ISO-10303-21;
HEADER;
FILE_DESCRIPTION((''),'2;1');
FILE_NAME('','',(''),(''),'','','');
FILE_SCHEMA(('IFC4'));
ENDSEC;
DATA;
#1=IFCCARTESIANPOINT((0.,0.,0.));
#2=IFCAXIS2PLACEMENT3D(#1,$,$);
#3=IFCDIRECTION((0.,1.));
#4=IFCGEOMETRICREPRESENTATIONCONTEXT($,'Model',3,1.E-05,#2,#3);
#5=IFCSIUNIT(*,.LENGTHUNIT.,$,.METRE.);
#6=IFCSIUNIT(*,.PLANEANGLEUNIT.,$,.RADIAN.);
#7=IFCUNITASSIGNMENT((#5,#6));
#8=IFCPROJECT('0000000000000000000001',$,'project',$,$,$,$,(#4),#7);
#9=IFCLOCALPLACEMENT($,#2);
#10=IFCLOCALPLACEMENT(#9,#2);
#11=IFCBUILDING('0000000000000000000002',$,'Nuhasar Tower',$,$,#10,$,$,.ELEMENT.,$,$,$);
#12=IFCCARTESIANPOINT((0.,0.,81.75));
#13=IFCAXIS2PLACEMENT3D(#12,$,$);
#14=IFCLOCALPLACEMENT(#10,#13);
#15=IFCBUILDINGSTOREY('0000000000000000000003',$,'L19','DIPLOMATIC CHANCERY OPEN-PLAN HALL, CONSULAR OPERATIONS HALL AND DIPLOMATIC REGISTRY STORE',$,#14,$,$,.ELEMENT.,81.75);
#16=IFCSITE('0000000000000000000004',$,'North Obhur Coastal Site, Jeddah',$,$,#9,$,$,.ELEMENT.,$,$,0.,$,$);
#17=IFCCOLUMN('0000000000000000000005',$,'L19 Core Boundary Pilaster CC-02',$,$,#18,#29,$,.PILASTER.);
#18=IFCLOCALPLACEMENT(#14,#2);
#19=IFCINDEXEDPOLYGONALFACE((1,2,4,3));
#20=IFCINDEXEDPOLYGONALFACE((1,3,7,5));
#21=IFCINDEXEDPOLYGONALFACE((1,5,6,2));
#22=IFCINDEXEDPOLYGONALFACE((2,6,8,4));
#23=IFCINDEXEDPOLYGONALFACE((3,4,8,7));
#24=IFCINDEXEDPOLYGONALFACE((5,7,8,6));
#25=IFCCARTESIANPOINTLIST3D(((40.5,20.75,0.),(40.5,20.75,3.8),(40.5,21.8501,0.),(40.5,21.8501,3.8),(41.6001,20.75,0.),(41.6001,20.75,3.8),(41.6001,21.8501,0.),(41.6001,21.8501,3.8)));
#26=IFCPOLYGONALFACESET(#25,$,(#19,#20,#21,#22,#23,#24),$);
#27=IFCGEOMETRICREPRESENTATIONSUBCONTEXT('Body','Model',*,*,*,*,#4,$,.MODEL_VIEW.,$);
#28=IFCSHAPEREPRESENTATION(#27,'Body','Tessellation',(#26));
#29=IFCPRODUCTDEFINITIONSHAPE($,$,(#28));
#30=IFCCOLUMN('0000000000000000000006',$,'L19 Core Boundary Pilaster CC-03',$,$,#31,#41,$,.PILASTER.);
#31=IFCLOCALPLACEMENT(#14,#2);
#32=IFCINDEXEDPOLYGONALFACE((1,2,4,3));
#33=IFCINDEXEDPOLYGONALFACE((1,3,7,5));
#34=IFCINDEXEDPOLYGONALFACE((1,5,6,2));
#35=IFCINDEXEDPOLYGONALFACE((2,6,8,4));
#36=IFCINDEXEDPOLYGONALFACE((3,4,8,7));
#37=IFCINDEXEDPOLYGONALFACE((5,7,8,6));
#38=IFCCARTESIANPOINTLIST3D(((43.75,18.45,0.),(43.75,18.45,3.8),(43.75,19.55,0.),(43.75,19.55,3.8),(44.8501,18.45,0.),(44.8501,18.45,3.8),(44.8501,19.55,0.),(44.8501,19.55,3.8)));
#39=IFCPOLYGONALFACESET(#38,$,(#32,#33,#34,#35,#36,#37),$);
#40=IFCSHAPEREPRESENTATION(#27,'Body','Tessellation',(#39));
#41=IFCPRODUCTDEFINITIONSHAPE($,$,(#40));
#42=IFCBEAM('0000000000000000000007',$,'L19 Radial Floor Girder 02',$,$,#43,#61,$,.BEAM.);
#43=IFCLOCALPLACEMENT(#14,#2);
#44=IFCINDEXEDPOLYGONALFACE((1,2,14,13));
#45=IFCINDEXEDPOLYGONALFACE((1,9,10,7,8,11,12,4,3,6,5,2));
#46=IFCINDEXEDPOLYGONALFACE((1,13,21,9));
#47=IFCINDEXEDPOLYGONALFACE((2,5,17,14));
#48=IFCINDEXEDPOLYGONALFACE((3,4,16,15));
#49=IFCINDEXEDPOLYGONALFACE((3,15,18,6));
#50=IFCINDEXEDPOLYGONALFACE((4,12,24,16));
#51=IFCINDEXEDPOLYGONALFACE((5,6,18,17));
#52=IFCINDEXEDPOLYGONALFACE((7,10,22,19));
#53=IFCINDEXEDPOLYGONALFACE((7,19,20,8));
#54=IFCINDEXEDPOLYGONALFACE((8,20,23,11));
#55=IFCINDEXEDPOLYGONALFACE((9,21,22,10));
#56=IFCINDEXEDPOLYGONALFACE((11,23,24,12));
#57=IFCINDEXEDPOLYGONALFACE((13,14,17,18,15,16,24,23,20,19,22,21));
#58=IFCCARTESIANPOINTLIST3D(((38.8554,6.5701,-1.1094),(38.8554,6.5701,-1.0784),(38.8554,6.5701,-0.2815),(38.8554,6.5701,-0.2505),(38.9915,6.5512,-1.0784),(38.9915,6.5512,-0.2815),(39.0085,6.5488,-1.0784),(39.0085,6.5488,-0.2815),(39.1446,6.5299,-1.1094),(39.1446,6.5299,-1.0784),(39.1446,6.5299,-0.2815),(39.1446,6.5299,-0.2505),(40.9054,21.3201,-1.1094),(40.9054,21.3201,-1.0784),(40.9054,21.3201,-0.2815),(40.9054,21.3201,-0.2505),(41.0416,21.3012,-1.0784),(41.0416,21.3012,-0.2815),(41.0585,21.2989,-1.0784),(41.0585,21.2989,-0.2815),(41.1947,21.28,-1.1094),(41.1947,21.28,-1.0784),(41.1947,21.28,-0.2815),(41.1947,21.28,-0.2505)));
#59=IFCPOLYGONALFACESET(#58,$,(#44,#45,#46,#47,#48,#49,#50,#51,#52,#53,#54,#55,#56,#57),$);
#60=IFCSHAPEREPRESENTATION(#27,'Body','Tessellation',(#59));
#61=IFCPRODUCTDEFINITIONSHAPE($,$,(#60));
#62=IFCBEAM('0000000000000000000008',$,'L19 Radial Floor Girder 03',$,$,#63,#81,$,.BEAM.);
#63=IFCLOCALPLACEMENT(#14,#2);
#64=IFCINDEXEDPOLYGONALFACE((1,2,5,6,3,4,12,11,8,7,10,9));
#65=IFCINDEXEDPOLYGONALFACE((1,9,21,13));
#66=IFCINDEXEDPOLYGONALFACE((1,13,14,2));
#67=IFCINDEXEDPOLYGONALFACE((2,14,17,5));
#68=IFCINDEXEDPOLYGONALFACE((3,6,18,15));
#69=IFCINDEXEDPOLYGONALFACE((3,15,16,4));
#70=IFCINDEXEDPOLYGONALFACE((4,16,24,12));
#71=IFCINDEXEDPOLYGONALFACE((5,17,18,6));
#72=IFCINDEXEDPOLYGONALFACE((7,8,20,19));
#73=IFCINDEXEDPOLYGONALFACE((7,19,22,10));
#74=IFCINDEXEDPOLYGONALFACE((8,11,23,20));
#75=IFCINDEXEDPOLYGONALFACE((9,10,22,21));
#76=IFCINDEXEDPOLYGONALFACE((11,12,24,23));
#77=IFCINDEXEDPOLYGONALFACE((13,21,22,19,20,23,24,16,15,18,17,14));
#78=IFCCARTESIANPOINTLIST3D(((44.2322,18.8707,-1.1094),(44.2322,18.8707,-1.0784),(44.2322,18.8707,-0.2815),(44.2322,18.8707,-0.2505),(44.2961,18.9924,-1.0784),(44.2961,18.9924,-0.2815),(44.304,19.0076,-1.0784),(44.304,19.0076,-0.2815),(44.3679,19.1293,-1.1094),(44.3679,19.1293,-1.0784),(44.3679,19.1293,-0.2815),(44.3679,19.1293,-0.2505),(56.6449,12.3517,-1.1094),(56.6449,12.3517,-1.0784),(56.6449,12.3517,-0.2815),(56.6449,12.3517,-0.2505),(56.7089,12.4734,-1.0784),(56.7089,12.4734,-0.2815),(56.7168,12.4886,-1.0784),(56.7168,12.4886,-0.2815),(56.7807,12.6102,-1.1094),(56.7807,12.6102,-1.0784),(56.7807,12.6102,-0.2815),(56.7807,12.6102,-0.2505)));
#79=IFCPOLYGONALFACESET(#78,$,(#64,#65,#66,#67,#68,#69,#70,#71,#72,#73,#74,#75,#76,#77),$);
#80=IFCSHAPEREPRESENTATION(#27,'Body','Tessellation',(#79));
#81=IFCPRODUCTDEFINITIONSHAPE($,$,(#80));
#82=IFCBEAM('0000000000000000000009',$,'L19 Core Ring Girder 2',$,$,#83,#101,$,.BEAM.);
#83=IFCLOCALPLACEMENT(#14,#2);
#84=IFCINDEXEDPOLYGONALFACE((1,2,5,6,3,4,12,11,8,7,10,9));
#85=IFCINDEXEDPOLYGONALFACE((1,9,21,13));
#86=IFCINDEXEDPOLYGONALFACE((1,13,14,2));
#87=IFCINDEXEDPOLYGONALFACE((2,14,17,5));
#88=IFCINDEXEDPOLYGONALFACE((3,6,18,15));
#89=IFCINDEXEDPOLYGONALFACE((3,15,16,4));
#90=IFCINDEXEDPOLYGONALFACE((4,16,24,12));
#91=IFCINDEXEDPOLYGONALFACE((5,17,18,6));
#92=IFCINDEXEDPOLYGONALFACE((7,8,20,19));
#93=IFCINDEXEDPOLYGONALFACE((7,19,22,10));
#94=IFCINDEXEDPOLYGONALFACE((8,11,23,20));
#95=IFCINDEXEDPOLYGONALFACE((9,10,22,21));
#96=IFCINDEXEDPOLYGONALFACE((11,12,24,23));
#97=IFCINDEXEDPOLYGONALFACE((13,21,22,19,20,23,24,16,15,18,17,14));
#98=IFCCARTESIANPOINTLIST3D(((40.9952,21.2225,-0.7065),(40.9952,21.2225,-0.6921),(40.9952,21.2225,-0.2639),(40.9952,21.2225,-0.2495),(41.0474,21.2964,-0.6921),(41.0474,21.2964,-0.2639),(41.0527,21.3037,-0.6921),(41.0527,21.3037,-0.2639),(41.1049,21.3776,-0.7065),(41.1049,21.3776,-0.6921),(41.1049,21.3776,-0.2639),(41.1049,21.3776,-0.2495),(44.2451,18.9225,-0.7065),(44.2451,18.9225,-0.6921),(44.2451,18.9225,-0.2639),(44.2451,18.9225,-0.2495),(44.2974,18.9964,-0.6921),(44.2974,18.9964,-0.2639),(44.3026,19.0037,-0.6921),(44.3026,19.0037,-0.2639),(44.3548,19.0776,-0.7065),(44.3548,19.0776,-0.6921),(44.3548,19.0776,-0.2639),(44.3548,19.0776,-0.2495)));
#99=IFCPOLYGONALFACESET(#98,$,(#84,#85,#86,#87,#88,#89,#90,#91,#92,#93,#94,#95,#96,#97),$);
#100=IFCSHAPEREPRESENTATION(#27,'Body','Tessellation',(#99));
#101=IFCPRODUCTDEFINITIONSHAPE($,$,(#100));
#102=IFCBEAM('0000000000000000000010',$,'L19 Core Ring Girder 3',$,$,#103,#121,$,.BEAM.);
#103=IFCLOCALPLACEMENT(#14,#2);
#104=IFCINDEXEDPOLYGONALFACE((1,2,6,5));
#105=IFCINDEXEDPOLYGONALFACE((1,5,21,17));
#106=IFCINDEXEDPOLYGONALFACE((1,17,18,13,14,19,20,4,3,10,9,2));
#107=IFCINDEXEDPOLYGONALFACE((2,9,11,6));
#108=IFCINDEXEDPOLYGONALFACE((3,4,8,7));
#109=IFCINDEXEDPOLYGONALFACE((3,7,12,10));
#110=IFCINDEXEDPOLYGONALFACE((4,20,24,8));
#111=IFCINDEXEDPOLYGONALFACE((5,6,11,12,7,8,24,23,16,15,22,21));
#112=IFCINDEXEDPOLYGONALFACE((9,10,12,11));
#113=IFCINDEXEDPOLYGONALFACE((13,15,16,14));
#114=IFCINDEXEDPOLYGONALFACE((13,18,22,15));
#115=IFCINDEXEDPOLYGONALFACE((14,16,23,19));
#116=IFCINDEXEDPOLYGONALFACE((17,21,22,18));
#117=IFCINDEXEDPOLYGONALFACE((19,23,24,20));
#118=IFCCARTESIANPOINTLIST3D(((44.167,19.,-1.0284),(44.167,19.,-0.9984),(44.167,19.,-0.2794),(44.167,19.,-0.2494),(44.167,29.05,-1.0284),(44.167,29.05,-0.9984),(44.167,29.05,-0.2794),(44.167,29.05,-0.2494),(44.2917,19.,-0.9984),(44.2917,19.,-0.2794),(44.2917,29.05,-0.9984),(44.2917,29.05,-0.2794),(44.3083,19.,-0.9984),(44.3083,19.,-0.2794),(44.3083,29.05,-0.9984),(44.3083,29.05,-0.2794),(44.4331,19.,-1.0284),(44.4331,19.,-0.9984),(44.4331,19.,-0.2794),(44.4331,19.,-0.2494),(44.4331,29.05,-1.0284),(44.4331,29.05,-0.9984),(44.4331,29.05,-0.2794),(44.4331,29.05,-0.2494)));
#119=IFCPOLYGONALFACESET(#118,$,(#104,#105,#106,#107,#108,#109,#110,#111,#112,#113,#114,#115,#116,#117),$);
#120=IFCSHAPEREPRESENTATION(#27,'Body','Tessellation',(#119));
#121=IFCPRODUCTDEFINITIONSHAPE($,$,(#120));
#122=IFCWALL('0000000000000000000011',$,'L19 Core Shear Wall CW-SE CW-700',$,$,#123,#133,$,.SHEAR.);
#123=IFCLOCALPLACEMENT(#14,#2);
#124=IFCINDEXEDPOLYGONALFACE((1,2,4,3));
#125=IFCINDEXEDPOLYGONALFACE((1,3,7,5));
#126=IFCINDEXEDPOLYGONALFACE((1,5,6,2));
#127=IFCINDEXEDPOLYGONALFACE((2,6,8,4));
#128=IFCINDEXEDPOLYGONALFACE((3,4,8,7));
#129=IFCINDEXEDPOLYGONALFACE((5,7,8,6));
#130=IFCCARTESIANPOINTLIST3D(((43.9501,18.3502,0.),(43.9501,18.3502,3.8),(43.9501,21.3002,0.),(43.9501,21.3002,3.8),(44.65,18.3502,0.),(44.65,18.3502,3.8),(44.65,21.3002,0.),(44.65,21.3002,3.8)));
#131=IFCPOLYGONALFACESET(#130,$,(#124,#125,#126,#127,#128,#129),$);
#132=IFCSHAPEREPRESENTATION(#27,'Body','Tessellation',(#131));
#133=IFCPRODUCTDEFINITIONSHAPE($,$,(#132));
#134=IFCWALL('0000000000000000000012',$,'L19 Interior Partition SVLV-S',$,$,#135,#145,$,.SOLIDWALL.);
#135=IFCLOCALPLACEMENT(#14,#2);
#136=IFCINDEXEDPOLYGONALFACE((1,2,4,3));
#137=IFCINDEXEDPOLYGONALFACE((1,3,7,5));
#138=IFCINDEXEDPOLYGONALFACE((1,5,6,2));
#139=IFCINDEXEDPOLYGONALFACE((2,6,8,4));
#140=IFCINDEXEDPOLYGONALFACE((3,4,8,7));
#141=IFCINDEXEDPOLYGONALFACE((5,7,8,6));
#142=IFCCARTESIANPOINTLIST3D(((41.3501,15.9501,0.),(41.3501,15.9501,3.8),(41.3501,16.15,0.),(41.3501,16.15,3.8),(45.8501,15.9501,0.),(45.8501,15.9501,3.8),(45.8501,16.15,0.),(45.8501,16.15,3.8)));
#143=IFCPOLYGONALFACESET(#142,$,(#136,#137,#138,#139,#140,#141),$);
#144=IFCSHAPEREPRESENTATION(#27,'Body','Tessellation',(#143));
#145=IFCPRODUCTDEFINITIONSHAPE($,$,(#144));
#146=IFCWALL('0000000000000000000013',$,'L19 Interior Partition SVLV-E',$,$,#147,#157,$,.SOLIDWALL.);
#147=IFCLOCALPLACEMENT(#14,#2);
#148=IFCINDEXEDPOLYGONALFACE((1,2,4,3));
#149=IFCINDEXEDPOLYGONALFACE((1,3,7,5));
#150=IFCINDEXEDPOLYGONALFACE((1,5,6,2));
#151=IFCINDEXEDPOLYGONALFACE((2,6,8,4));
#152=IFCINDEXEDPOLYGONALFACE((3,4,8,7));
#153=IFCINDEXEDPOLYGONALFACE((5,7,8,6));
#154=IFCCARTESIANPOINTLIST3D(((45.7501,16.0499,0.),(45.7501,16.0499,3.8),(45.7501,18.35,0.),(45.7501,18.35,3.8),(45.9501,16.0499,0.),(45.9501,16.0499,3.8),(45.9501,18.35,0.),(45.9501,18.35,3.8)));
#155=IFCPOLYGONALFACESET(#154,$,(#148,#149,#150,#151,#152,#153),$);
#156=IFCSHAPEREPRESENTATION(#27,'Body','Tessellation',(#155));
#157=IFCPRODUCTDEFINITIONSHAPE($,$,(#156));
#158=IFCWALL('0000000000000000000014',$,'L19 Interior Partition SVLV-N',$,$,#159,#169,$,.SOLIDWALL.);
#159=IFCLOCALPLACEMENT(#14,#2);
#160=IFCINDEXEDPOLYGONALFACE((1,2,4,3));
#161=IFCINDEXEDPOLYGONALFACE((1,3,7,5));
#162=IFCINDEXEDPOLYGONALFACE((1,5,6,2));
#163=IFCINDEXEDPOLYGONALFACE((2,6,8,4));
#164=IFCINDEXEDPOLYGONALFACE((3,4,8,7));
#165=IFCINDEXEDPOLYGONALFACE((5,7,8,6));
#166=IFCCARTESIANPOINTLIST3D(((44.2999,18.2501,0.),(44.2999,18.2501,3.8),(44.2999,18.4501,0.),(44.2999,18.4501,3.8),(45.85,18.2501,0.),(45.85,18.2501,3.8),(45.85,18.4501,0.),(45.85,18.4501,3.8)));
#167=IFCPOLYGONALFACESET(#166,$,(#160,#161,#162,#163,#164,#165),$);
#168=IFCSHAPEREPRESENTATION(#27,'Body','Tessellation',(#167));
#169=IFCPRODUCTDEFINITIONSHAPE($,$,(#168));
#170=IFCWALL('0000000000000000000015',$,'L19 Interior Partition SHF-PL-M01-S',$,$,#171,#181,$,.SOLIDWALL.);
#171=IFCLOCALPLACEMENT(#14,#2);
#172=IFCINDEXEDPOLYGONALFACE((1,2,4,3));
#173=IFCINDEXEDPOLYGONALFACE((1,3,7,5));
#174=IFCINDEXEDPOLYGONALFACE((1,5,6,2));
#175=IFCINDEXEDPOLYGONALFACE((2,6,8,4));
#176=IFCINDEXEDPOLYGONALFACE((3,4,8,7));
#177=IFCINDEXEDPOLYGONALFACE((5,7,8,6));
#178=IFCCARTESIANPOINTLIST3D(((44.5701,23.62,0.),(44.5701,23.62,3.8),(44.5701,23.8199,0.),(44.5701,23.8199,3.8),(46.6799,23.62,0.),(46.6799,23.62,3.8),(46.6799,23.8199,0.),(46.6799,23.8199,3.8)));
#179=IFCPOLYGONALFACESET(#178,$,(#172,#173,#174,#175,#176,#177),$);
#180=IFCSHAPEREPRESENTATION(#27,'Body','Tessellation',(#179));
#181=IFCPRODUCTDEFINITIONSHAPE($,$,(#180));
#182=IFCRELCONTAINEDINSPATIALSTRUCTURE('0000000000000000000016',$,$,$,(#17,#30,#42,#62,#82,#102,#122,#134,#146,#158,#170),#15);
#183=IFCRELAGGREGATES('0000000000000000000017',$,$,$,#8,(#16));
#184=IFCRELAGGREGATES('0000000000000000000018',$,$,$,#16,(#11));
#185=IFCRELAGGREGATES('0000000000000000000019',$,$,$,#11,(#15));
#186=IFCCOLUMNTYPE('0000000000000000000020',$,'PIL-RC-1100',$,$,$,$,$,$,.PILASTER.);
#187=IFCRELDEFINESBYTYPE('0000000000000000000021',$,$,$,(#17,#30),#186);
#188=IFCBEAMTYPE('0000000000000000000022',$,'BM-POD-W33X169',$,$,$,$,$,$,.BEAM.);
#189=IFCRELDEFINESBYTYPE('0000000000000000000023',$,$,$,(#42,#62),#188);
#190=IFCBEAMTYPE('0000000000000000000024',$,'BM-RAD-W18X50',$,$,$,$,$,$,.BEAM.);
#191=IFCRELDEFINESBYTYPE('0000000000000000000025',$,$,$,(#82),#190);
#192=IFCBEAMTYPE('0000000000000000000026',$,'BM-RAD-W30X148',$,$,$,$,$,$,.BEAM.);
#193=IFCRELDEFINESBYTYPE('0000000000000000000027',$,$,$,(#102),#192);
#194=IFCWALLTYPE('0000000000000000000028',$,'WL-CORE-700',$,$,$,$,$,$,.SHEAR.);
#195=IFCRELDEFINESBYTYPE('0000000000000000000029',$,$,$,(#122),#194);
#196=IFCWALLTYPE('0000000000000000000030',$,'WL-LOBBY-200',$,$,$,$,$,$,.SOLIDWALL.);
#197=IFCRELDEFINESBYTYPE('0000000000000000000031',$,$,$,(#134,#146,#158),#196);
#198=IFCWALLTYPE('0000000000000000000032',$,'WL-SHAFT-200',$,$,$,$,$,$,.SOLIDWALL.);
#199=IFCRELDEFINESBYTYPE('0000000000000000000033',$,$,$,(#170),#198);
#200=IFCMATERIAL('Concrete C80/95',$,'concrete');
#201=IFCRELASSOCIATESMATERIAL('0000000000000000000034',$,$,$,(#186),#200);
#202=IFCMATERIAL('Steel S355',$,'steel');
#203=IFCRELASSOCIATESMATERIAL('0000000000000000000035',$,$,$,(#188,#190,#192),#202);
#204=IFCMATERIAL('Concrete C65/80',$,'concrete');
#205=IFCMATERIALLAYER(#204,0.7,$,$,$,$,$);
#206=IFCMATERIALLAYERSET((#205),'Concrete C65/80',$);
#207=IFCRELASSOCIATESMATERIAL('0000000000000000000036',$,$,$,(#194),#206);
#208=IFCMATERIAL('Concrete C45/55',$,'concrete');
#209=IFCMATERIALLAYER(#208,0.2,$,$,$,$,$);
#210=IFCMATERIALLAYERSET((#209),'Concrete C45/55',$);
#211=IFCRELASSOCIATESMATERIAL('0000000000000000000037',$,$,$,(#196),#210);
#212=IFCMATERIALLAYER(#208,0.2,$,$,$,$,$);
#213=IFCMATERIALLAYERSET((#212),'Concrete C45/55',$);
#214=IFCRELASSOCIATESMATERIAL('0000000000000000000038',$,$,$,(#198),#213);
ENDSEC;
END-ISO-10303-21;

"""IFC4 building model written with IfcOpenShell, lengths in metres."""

from ifc_helpers import new_model, si_unit, direction, frame, frame_2d, origin, origin_2d, place, context, subcontext, project, spatial, rectangle, i_section, extrude, material, layer, layer_set, material_profile, profile_set, type_object, element, save


model = new_model("IFC4")

# Units and contexts
model_context = context("Model", 3, precision=1e-05, world=origin(), true_north=direction((0.0, 1.0)))
body_context = subcontext(model_context, "Body", "Model", "MODEL_VIEW")
ifc_project = project(units=[si_unit("LENGTHUNIT", "METRE"), si_unit("PLANEANGLEUNIT", "RADIAN")], contexts=[model_context])

# Site, building, storey
site_placement = place(None, origin())
site = spatial("IfcSite", under=ifc_project, at=site_placement, Name="North Obhur Coastal Site, Jeddah", CompositionType="ELEMENT", RefElevation=0.0)
building_placement = place(site_placement, origin())
building = spatial("IfcBuilding", under=site, at=building_placement, Name="Nuhasar Tower", CompositionType="ELEMENT")
storey_placement = place(building_placement, frame((0.0, 0.0, 81.75)))
storey = spatial("IfcBuildingStorey", under=building, at=storey_placement, Name="L19", Description="DIPLOMATIC CHANCERY OPEN-PLAN HALL, CONSULAR OPERATIONS HALL AND DIPLOMATIC REGISTRY STORE", CompositionType="ELEMENT", Elevation=81.75)

# Columns
ifc_material_1 = material(Name="Concrete C80/95", Category="concrete")
ifc_material_profile_1 = material_profile(ifc_material_1, rectangle(XDim=1.1001, YDim=1.1001, at=origin_2d()), Name="RC1100X1100")
ifc_profile_set_1 = profile_set([ifc_material_profile_1], Name="Concrete C80/95")
column_type = type_object("IfcColumnType", Name="PIL-RC-1100", PredefinedType="PILASTER", material=ifc_profile_set_1)
for number, where, z_axis, x_axis, name in (
    (1, (41.05, 21.3, 0.0), (0.0, 0.0, 1.0), (1.0, 0.0, 0.0), "L19 Core Boundary Pilaster CC-02"),
    (2, (44.3, 19.0, 0.0), (0.0, 0.0, 1.0), (1.0, 0.0, 0.0), "L19 Core Boundary Pilaster CC-03"),
):
    element("IfcColumn", number, at=place(storey_placement, frame(where, z_axis=z_axis, x_axis=x_axis)), inside=storey, type_object=column_type, Name=name, PredefinedType="PILASTER", context=body_context, shape_type="SweptSolid", body=[
        extrude(rectangle(XDim=1.1001, YDim=1.1001, at=origin_2d()), origin(), (0.0, 0.0, 1.0), 3.8),
    ])

# Beams
ifc_material_2 = material(Name="Steel S355", Category="steel")
ifc_material_profile_2 = material_profile(ifc_material_2, i_section(OverallWidth=0.292, OverallDepth=0.8589, WebThickness=0.0171, FlangeThickness=0.031, at=origin_2d()), Name="W33X169")
ifc_profile_set_2 = profile_set([ifc_material_profile_2], Name="Steel S355")
beam_type_1 = type_object("IfcBeamType", Name="BM-POD-W33X169", PredefinedType="BEAM", material=ifc_profile_set_2)
beam_1_placement = place(storey_placement, frame((41.05, 21.3, -0.6799), z_axis=(-0.137663, -0.990479, 0.0), x_axis=(0.990479, -0.137663, 0.0)))
element("IfcBeam", 3, at=beam_1_placement, inside=storey, type_object=beam_type_1, Name="L19 Radial Floor Girder 02", PredefinedType="BEAM", context=body_context, shape_type="SweptSolid", body=[
    extrude(i_section(OverallWidth=0.292, OverallDepth=0.8589, WebThickness=0.0171, FlangeThickness=0.031, at=origin_2d()), origin(), (0.0, 0.0, 1.0), 14.8918),
])
beam_2_placement = place(storey_placement, frame((44.3, 19.0, -0.6799), z_axis=(0.88533, -0.464963, 0.0), x_axis=(0.464963, 0.88533, 0.0)))
element("IfcBeam", 4, at=beam_2_placement, inside=storey, type_object=beam_type_1, Name="L19 Radial Floor Girder 03", PredefinedType="BEAM", context=body_context, shape_type="SweptSolid", body=[
    extrude(i_section(OverallWidth=0.292, OverallDepth=0.8589, WebThickness=0.0171, FlangeThickness=0.031, at=origin_2d()), origin(), (0.0, 0.0, 1.0), 14.0205),
])
ifc_material_profile_3 = material_profile(ifc_material_2, i_section(OverallWidth=0.1899, OverallDepth=0.457, WebThickness=0.009, FlangeThickness=0.0144, at=origin_2d()), Name="W18X50")
ifc_profile_set_3 = profile_set([ifc_material_profile_3], Name="Steel S355")
beam_type_2 = type_object("IfcBeamType", Name="BM-RAD-W18X50", PredefinedType="BEAM", material=ifc_profile_set_3)
beam_3_placement = place(storey_placement, frame((41.05, 21.3, -0.478), z_axis=(0.816265, -0.577677, 0.0), x_axis=(0.577677, 0.816265, 0.0)))
element("IfcBeam", 5, at=beam_3_placement, inside=storey, type_object=beam_type_2, Name="L19 Core Ring Girder 2", PredefinedType="BEAM", context=body_context, shape_type="SweptSolid", body=[
    extrude(i_section(OverallWidth=0.1899, OverallDepth=0.457, WebThickness=0.009, FlangeThickness=0.0144, at=origin_2d()), origin(), (0.0, 0.0, 1.0), 3.9814),
])
ifc_material_profile_4 = material_profile(ifc_material_2, i_section(OverallWidth=0.2661, OverallDepth=0.7791, WebThickness=0.0166, FlangeThickness=0.03, at=origin_2d()), Name="W30X148")
ifc_profile_set_4 = profile_set([ifc_material_profile_4], Name="Steel S355")
beam_type_3 = type_object("IfcBeamType", Name="BM-RAD-W30X148", PredefinedType="BEAM", material=ifc_profile_set_4)
beam_4_placement = place(storey_placement, frame((44.3, 19.0, -0.6389), z_axis=(0.0, 1.0, 0.0), x_axis=(-1.0, 0.0, 0.0)))
element("IfcBeam", 6, at=beam_4_placement, inside=storey, type_object=beam_type_3, Name="L19 Core Ring Girder 3", PredefinedType="BEAM", context=body_context, shape_type="SweptSolid", body=[
    extrude(i_section(OverallWidth=0.2661, OverallDepth=0.7791, WebThickness=0.0166, FlangeThickness=0.03, at=origin_2d()), origin(), (0.0, 0.0, 1.0), 10.05),
])

# Wall
ifc_material_3 = material(Name="Concrete C65/80", Category="concrete")
ifc_layer_1 = layer(ifc_material_3, 0.7)
ifc_layer_set_1 = layer_set([ifc_layer_1], Name="Concrete C65/80")
wall_type_1 = type_object("IfcWallType", Name="WL-CORE-700", PredefinedType="SHEAR", material=ifc_layer_set_1)
wall_1_placement = place(storey_placement, frame((44.3, 18.3501, 0.0), z_axis=(0.0, 0.0, 1.0), x_axis=(0.0, 1.0, 0.0)))
element("IfcWall", 7, at=wall_1_placement, inside=storey, type_object=wall_type_1, Name="L19 Core Shear Wall CW-SE CW-700", PredefinedType="SHEAR", context=body_context, shape_type="SweptSolid", body=[
    extrude(rectangle(XDim=2.95, YDim=0.7, at=frame_2d((1.4751, 0.0))), origin(), (0.0, 0.0, 1.0), 3.8),
])

# Shared definitions
ifc_material_4 = material(Name="Concrete C45/55", Category="concrete")
ifc_layer_2 = layer(ifc_material_4, 0.2)
ifc_layer_set_2 = layer_set([ifc_layer_2], Name="Concrete C45/55")
wall_type_2 = type_object("IfcWallType", Name="WL-LOBBY-200", PredefinedType="SOLIDWALL", material=ifc_layer_set_2)

# Walls
wall_2_placement = place(storey_placement, frame((41.3501, 16.05, 0.0), z_axis=(0.0, 0.0, 1.0), x_axis=(1.0, 0.0, 0.0)))
element("IfcWall", 8, at=wall_2_placement, inside=storey, type_object=wall_type_2, Name="L19 Interior Partition SVLV-S", PredefinedType="SOLIDWALL", context=body_context, shape_type="SweptSolid", body=[
    extrude(rectangle(XDim=4.5, YDim=0.2, at=frame_2d((2.25, 0.0))), origin(), (0.0, 0.0, 1.0), 3.8),
])
wall_3_placement = place(storey_placement, frame((45.8501, 16.05, 0.0), z_axis=(0.0, 0.0, 1.0), x_axis=(0.0, 1.0, 0.0)))
element("IfcWall", 9, at=wall_3_placement, inside=storey, type_object=wall_type_2, Name="L19 Interior Partition SVLV-E", PredefinedType="SOLIDWALL", context=body_context, shape_type="SweptSolid", body=[
    extrude(rectangle(XDim=2.3, YDim=0.2, at=frame_2d((1.1499, 0.0))), origin(), (0.0, 0.0, 1.0), 3.8),
])
wall_4_placement = place(storey_placement, frame((44.3, 18.3501, 0.0), z_axis=(0.0, 0.0, 1.0), x_axis=(1.0, 0.0, 0.0)))
element("IfcWall", 10, at=wall_4_placement, inside=storey, type_object=wall_type_2, Name="L19 Interior Partition SVLV-N", PredefinedType="SOLIDWALL", context=body_context, shape_type="SweptSolid", body=[
    extrude(rectangle(XDim=1.55, YDim=0.2, at=frame_2d((0.7749, 0.0))), origin(), (0.0, 0.0, 1.0), 3.8),
])
ifc_layer_3 = layer(ifc_material_4, 0.2)
ifc_layer_set_3 = layer_set([ifc_layer_3], Name="Concrete C45/55")
wall_type_3 = type_object("IfcWallType", Name="WL-SHAFT-200", PredefinedType="SOLIDWALL", material=ifc_layer_set_3)
wall_5_placement = place(storey_placement, frame((44.5701, 23.72, 0.0), z_axis=(0.0, 0.0, 1.0), x_axis=(1.0, 0.0, 0.0)))
element("IfcWall", 11, at=wall_5_placement, inside=storey, type_object=wall_type_3, Name="L19 Interior Partition SHF-PL-M01-S", PredefinedType="SOLIDWALL", context=body_context, shape_type="SweptSolid", body=[
    extrude(rectangle(XDim=2.1099, YDim=0.2, at=frame_2d((1.0549, 0.0))), origin(), (0.0, 0.0, 1.0), 3.8),
])

save(model, "model.ifc")
